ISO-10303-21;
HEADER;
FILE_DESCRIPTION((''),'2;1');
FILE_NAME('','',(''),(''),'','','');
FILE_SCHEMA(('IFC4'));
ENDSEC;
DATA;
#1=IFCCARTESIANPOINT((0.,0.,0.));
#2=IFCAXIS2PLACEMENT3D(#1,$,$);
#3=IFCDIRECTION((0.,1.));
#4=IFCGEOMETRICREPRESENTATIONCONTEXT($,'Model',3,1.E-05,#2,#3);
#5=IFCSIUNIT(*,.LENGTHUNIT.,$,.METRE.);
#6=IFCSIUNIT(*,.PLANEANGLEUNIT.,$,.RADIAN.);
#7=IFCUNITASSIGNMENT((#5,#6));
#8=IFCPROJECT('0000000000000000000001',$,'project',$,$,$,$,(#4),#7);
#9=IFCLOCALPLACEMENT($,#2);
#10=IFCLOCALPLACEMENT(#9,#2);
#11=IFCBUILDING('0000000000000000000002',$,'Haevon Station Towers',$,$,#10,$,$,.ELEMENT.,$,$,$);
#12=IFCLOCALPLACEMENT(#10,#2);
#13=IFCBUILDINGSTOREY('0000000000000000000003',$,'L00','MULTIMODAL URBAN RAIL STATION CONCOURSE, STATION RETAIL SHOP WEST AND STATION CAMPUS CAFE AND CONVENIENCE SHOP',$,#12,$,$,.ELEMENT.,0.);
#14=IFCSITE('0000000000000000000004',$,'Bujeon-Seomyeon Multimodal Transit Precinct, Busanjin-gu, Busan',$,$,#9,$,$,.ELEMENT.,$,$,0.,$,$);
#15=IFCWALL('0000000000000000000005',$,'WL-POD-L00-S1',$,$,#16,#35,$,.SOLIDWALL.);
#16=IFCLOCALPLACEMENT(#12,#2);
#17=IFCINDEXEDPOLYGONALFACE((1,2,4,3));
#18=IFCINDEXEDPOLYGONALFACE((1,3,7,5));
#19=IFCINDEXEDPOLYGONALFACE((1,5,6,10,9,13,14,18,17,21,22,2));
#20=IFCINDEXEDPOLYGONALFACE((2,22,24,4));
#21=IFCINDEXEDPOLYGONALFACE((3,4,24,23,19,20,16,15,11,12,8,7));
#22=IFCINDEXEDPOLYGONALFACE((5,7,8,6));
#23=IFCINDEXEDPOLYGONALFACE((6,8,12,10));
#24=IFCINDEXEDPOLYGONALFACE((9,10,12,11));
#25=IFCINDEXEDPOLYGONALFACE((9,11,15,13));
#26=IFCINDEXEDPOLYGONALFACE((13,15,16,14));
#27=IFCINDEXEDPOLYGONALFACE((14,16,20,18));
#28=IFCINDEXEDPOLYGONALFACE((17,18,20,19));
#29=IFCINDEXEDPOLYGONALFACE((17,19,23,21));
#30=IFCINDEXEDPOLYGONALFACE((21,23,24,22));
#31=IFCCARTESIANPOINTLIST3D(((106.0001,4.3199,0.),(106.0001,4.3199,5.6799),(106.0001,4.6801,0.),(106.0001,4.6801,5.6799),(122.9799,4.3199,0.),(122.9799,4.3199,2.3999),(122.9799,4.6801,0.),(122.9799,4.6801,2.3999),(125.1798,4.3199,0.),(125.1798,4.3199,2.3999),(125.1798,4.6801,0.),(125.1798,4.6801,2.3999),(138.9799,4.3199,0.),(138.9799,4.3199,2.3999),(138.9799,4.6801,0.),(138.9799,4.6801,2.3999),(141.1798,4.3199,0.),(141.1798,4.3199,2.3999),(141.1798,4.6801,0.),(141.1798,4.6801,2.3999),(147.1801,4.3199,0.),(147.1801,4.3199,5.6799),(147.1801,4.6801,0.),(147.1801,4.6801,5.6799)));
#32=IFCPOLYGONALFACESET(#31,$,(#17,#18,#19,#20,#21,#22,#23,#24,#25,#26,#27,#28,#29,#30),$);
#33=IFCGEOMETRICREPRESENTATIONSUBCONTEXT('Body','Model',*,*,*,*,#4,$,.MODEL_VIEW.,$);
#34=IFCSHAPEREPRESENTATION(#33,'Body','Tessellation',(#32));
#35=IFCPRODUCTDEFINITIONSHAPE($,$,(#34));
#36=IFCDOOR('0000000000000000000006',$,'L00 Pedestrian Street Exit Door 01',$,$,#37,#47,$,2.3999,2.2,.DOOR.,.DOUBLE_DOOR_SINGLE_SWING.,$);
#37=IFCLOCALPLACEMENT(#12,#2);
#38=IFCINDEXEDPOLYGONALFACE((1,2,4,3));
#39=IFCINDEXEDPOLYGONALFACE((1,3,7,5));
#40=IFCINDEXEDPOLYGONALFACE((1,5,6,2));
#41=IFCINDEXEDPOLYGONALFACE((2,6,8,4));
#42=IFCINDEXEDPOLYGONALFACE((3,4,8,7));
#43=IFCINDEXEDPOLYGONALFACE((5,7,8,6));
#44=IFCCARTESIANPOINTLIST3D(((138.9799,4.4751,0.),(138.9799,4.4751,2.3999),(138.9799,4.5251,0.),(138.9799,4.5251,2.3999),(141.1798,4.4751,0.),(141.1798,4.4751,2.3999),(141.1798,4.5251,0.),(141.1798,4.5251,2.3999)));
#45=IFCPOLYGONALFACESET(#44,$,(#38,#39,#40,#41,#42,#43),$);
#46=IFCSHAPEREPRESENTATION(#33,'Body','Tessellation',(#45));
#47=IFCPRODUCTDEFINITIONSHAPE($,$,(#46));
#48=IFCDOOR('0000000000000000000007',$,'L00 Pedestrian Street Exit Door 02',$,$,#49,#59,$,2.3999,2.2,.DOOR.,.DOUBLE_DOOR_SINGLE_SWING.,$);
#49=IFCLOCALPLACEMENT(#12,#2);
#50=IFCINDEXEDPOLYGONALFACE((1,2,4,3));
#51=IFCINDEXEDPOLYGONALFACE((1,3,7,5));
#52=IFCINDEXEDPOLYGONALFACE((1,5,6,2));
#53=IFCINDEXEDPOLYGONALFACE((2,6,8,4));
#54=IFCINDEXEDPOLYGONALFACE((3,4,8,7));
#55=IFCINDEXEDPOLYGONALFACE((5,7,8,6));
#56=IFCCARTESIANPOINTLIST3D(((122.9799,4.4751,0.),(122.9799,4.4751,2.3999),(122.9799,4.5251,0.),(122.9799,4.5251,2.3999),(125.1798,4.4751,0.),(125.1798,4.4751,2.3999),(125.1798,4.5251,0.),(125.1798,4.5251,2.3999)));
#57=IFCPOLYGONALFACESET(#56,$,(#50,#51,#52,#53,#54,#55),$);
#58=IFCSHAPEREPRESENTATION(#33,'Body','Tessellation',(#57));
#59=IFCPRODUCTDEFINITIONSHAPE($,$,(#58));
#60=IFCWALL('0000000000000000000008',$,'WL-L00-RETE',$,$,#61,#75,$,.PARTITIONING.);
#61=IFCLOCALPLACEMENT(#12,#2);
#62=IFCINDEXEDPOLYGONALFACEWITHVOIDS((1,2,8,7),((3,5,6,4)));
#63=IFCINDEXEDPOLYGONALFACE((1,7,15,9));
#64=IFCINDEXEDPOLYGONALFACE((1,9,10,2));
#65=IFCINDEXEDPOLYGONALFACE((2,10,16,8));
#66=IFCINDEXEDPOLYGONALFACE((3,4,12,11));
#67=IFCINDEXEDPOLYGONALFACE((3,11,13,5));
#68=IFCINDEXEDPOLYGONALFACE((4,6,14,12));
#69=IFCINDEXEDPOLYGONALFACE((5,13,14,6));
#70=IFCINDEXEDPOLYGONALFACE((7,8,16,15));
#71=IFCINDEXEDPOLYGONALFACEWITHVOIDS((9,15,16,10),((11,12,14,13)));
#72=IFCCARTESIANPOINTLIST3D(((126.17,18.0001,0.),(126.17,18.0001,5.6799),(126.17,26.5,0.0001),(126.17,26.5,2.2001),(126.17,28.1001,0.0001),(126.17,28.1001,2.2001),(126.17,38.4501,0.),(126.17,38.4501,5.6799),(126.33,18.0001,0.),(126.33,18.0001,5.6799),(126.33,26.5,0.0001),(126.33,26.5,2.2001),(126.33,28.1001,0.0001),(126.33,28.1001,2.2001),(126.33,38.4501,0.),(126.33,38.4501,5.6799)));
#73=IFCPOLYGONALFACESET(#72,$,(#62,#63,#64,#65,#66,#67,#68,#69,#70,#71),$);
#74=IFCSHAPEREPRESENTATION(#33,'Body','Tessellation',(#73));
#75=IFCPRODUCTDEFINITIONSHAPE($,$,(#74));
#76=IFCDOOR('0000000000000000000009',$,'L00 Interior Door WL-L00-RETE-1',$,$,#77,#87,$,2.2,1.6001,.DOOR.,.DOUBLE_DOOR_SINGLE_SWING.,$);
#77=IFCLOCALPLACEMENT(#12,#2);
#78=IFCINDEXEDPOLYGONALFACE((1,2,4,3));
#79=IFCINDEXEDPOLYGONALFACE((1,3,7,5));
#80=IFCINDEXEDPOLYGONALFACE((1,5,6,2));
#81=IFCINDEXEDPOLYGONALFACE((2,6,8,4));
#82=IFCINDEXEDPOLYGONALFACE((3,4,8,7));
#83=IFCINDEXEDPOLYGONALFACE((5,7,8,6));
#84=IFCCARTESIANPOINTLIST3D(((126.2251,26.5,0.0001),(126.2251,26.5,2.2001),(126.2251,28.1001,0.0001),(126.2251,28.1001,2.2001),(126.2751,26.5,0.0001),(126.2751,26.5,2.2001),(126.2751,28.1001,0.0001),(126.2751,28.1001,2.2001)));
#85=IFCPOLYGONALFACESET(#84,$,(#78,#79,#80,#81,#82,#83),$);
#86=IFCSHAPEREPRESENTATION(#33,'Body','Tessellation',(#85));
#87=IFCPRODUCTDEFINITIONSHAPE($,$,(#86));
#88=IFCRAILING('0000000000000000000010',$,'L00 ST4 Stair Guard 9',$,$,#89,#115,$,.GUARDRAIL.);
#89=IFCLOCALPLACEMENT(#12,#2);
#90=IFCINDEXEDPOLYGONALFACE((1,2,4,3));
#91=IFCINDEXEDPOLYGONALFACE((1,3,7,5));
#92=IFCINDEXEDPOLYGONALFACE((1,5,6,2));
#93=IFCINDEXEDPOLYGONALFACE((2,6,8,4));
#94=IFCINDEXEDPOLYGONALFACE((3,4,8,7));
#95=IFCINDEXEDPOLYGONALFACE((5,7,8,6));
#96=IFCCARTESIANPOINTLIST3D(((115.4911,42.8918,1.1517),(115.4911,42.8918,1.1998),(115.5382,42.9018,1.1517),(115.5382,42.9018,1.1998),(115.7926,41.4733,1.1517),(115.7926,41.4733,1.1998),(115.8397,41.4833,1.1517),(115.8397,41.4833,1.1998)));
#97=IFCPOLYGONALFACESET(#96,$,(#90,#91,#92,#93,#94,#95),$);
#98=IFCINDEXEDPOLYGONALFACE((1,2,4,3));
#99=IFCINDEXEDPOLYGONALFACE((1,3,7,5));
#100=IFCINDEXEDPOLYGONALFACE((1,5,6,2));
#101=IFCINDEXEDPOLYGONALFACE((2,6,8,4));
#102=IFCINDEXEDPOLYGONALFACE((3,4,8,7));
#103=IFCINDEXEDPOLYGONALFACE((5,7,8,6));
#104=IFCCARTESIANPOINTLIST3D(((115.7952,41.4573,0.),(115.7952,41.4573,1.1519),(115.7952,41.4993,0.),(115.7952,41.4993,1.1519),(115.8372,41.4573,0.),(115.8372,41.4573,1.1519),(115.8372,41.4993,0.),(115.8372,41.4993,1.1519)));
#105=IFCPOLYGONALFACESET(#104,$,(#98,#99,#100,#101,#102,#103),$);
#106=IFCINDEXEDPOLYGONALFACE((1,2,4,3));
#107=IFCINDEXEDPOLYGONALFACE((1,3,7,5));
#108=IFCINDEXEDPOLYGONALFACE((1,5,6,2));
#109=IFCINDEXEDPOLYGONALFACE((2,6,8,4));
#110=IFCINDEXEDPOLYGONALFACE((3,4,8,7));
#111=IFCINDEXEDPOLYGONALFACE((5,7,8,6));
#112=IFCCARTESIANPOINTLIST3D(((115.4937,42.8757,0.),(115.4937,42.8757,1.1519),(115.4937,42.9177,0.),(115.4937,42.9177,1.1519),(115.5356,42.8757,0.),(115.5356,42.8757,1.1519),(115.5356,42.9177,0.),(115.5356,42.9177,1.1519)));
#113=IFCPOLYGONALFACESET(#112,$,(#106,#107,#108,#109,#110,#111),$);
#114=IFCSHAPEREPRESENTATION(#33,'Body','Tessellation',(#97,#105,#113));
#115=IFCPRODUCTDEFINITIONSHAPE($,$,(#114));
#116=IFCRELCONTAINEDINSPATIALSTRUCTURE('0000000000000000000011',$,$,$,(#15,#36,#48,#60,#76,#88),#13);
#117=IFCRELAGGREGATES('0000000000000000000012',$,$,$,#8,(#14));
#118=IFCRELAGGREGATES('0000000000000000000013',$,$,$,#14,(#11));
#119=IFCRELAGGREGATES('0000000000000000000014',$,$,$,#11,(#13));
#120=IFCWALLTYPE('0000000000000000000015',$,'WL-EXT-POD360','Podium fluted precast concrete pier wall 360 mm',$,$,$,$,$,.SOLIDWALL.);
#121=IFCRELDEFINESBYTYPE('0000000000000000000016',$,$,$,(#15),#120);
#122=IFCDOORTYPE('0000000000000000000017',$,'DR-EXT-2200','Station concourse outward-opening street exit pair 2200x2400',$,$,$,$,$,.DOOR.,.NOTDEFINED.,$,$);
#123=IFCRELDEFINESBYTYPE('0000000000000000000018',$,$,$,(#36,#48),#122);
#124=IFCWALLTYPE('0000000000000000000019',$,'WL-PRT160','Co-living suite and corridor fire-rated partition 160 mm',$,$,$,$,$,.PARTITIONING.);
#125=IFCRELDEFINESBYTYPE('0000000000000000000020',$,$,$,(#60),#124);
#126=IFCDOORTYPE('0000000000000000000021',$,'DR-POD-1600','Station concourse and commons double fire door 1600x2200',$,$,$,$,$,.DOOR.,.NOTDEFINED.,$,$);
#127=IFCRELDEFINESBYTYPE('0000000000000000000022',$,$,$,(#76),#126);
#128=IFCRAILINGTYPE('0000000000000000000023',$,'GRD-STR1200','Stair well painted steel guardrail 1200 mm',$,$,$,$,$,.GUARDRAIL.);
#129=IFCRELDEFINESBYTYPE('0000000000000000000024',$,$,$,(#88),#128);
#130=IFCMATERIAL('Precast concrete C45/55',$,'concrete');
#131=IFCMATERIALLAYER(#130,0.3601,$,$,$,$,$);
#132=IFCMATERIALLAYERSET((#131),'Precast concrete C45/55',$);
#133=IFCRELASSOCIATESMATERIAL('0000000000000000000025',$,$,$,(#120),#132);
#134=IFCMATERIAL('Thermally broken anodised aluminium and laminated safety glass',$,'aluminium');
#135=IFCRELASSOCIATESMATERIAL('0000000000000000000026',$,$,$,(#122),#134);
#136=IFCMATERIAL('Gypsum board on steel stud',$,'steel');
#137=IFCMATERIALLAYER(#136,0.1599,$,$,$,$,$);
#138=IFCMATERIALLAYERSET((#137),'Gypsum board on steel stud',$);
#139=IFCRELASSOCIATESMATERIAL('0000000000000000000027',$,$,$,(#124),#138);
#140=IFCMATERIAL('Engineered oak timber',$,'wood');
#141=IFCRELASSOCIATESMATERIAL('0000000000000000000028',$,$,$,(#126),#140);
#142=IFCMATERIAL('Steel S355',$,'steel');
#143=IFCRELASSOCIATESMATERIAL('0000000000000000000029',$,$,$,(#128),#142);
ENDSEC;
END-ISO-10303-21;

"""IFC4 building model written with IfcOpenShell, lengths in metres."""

from ifc_helpers import new_model, si_unit, direction, frame, frame_2d, origin, origin_2d, place, context, subcontext, project, spatial, rectangle, extrude, material, layer, layer_set, type_object, element, fill, save


model = new_model("IFC4")

# Units and contexts
model_context = context("Model", 3, precision=1e-05, world=origin(), true_north=direction((0.0, 1.0)))
body_context = subcontext(model_context, "Body", "Model", "MODEL_VIEW")
ifc_project = project(units=[si_unit("LENGTHUNIT", "METRE"), si_unit("PLANEANGLEUNIT", "RADIAN")], contexts=[model_context])

# Site, building, storey
site_placement = place(None, origin())
site = spatial("IfcSite", under=ifc_project, at=site_placement, Name="Bujeon-Seomyeon Multimodal Transit Precinct, Busanjin-gu, Busan", CompositionType="ELEMENT", RefElevation=0.0)
building_placement = place(site_placement, origin())
building = spatial("IfcBuilding", under=site, at=building_placement, Name="Haevon Station Towers", CompositionType="ELEMENT")
storey_placement = place(building_placement, origin())
storey = spatial("IfcBuildingStorey", under=building, at=storey_placement, Name="L00", Description="MULTIMODAL URBAN RAIL STATION CONCOURSE, STATION RETAIL SHOP WEST AND STATION CAMPUS CAFE AND CONVENIENCE SHOP", CompositionType="ELEMENT", Elevation=0.0)

# Shared definitions
ifc_material_1 = material(Name="Steel S355", Category="steel")

# Shared definitions
ifc_material_2 = material(Name="Gypsum board on steel stud", Category="steel")
ifc_material_3 = material(Name="Engineered oak timber", Category="wood")

# Wall, openings, doors
ifc_material_4 = material(Name="Precast concrete C45/55", Category="concrete")
ifc_layer_1 = layer(ifc_material_4, 0.3601)
ifc_layer_set_1 = layer_set([ifc_layer_1], Name="Precast concrete C45/55")
wall_type_1 = type_object("IfcWallType", Name="WL-EXT-POD360", Description="Podium fluted precast concrete pier wall 360 mm", PredefinedType="SOLIDWALL", material=ifc_layer_set_1)
wall_1_placement = place(storey_placement, frame((147.1799, 4.5, 0.0), z_axis=(0.0, 0.0, 1.0), x_axis=(-1.0, 0.0, 0.0)))
wall_1 = element("IfcWall", 1, at=wall_1_placement, inside=storey, type_object=wall_type_1, Name="WL-POD-L00-S1", PredefinedType="SOLIDWALL", context=body_context, shape_type="SweptSolid", body=[
    extrude(rectangle(XDim=41.1799, YDim=0.3601, at=frame_2d((20.5898, 0.0))), origin(), (0.0, 0.0, 1.0), 5.6799),
])
opening_1_placement = place(wall_1_placement, frame((6.0, 0.0, 0.0)))
opening_1 = element("IfcOpeningElement", 2, at=opening_1_placement, cuts=wall_1, PredefinedType="OPENING", context=body_context, shape_type="SweptSolid", body=[
    extrude(rectangle(XDim=2.2, YDim=2.3999, at=frame_2d((1.1001, 1.2))), frame((0.0, 0.1899, 0.0), z_axis=(0.0, -1.0, 0.0), x_axis=(1.0, 0.0, 0.0)), (0.0, 0.0, 1.0), 0.3801),
])
opening_2_placement = place(wall_1_placement, frame((22.0, 0.0, 0.0)))
opening_2 = element("IfcOpeningElement", 3, at=opening_2_placement, cuts=wall_1, PredefinedType="OPENING", context=body_context, shape_type="SweptSolid", body=[
    extrude(rectangle(XDim=2.2, YDim=2.3999, at=frame_2d((1.1001, 1.2))), frame((0.0, 0.1899, 0.0), z_axis=(0.0, -1.0, 0.0), x_axis=(1.0, 0.0, 0.0)), (0.0, 0.0, 1.0), 0.3801),
])
ifc_material_5 = material(Name="Thermally broken anodised aluminium and laminated safety glass", Category="aluminium")
door_type_1 = type_object("IfcDoorType", Name="DR-EXT-2200", Description="Station concourse outward-opening street exit pair 2200x2400", OperationType="NOTDEFINED", PredefinedType="DOOR", material=ifc_material_5)
door_1_placement = place(opening_1_placement, origin())
door_1 = element("IfcDoor", 4, at=door_1_placement, inside=storey, type_object=door_type_1, Name="L00 Pedestrian Street Exit Door 01", OperationType="DOUBLE_DOOR_SINGLE_SWING", OverallHeight=2.3999, OverallWidth=2.2, PredefinedType="DOOR", context=body_context, shape_type="SweptSolid", body=[
    extrude(rectangle(XDim=2.2, YDim=2.3999, at=frame_2d((1.1001, 1.2))), frame((0.0, 0.0249, 0.0), z_axis=(0.0, -1.0, 0.0), x_axis=(1.0, 0.0, 0.0)), (0.0, 0.0, 1.0), 0.05),
])
fill(opening_1, door_1)
door_2_placement = place(opening_2_placement, origin())
door_2 = element("IfcDoor", 5, at=door_2_placement, inside=storey, type_object=door_type_1, Name="L00 Pedestrian Street Exit Door 02", OperationType="DOUBLE_DOOR_SINGLE_SWING", OverallHeight=2.3999, OverallWidth=2.2, PredefinedType="DOOR", context=body_context, shape_type="SweptSolid", body=[
    extrude(rectangle(XDim=2.2, YDim=2.3999, at=frame_2d((1.1001, 1.2))), frame((0.0, 0.0249, 0.0), z_axis=(0.0, -1.0, 0.0), x_axis=(1.0, 0.0, 0.0)), (0.0, 0.0, 1.0), 0.05),
])
fill(opening_2, door_2)

# Wall, opening, door
ifc_layer_2 = layer(ifc_material_2, 0.1599)
ifc_layer_set_2 = layer_set([ifc_layer_2], Name="Gypsum board on steel stud")
wall_type_2 = type_object("IfcWallType", Name="WL-PRT160", Description="Co-living suite and corridor fire-rated partition 160 mm", PredefinedType="PARTITIONING", material=ifc_layer_set_2)
wall_2_placement = place(storey_placement, frame((126.25, 18.0, 0.0), z_axis=(0.0, 0.0, 1.0), x_axis=(0.0, 1.0, 0.0)))
wall_2 = element("IfcWall", 6, at=wall_2_placement, inside=storey, type_object=wall_type_2, Name="WL-L00-RETE", PredefinedType="PARTITIONING", context=body_context, shape_type="SweptSolid", body=[
    extrude(rectangle(XDim=20.45, YDim=0.1599, at=frame_2d((10.2251, 0.0))), origin(), (0.0, 0.0, 1.0), 5.6799),
])
opening_3_placement = place(wall_2_placement, frame((8.5, 0.0, 0.0)))
opening_3 = element("IfcOpeningElement", 7, at=opening_3_placement, cuts=wall_2, PredefinedType="OPENING", context=body_context, shape_type="SweptSolid", body=[
    extrude(rectangle(XDim=1.6001, YDim=2.2, at=frame_2d((0.8, 1.1001))), frame((0.0, 0.0898, 0.0), z_axis=(0.0, -1.0, 0.0), x_axis=(1.0, 0.0, 0.0)), (0.0, 0.0, 1.0), 0.1799),
])
door_type_2 = type_object("IfcDoorType", Name="DR-POD-1600", Description="Station concourse and commons double fire door 1600x2200", OperationType="NOTDEFINED", PredefinedType="DOOR", material=ifc_material_3)
door_3_placement = place(opening_3_placement, origin())
door_3 = element("IfcDoor", 8, at=door_3_placement, inside=storey, type_object=door_type_2, Name="L00 Interior Door WL-L00-RETE-1", OperationType="DOUBLE_DOOR_SINGLE_SWING", OverallHeight=2.2, OverallWidth=1.6001, PredefinedType="DOOR", context=body_context, shape_type="SweptSolid", body=[
    extrude(rectangle(XDim=1.6001, YDim=2.2, at=frame_2d((0.8, 1.1001))), frame((0.0, 0.0249, 0.0), z_axis=(0.0, -1.0, 0.0), x_axis=(1.0, 0.0, 0.0)), (0.0, 0.0, 1.0), 0.05),
])
fill(opening_3, door_3)

# Railing
railing_type = type_object("IfcRailingType", Name="GRD-STR1200", Description="Stair well painted steel guardrail 1200 mm", PredefinedType="GUARDRAIL", material=ifc_material_1)
railing_placement = place(storey_placement, frame((115.8162, 41.4783, 0.0)))
element("IfcRailing", 9, at=railing_placement, inside=storey, type_object=railing_type, Name="L00 ST4 Stair Guard 9", PredefinedType="GUARDRAIL", context=body_context, shape_type="SweptSolid", body=[
    extrude(rectangle(XDim=0.0481, YDim=0.0481, at=origin_2d()), frame((0.0, 0.0, 1.1758), z_axis=(-0.207919, 0.978146, 0.0), x_axis=(-0.978146, -0.207919, 0.0)), (0.0, 0.0, 1.0), 1.4502),
    extrude(rectangle(XDim=0.042, YDim=0.042, at=origin_2d()), origin(), (0.0, 0.0, 1.0), 1.1519),
    extrude(rectangle(XDim=0.042, YDim=0.042, at=origin_2d()), frame((-0.3015, 1.4185, 0.0)), (0.0, 0.0, 1.0), 1.1519),
])

save(model, "model.ifc")
